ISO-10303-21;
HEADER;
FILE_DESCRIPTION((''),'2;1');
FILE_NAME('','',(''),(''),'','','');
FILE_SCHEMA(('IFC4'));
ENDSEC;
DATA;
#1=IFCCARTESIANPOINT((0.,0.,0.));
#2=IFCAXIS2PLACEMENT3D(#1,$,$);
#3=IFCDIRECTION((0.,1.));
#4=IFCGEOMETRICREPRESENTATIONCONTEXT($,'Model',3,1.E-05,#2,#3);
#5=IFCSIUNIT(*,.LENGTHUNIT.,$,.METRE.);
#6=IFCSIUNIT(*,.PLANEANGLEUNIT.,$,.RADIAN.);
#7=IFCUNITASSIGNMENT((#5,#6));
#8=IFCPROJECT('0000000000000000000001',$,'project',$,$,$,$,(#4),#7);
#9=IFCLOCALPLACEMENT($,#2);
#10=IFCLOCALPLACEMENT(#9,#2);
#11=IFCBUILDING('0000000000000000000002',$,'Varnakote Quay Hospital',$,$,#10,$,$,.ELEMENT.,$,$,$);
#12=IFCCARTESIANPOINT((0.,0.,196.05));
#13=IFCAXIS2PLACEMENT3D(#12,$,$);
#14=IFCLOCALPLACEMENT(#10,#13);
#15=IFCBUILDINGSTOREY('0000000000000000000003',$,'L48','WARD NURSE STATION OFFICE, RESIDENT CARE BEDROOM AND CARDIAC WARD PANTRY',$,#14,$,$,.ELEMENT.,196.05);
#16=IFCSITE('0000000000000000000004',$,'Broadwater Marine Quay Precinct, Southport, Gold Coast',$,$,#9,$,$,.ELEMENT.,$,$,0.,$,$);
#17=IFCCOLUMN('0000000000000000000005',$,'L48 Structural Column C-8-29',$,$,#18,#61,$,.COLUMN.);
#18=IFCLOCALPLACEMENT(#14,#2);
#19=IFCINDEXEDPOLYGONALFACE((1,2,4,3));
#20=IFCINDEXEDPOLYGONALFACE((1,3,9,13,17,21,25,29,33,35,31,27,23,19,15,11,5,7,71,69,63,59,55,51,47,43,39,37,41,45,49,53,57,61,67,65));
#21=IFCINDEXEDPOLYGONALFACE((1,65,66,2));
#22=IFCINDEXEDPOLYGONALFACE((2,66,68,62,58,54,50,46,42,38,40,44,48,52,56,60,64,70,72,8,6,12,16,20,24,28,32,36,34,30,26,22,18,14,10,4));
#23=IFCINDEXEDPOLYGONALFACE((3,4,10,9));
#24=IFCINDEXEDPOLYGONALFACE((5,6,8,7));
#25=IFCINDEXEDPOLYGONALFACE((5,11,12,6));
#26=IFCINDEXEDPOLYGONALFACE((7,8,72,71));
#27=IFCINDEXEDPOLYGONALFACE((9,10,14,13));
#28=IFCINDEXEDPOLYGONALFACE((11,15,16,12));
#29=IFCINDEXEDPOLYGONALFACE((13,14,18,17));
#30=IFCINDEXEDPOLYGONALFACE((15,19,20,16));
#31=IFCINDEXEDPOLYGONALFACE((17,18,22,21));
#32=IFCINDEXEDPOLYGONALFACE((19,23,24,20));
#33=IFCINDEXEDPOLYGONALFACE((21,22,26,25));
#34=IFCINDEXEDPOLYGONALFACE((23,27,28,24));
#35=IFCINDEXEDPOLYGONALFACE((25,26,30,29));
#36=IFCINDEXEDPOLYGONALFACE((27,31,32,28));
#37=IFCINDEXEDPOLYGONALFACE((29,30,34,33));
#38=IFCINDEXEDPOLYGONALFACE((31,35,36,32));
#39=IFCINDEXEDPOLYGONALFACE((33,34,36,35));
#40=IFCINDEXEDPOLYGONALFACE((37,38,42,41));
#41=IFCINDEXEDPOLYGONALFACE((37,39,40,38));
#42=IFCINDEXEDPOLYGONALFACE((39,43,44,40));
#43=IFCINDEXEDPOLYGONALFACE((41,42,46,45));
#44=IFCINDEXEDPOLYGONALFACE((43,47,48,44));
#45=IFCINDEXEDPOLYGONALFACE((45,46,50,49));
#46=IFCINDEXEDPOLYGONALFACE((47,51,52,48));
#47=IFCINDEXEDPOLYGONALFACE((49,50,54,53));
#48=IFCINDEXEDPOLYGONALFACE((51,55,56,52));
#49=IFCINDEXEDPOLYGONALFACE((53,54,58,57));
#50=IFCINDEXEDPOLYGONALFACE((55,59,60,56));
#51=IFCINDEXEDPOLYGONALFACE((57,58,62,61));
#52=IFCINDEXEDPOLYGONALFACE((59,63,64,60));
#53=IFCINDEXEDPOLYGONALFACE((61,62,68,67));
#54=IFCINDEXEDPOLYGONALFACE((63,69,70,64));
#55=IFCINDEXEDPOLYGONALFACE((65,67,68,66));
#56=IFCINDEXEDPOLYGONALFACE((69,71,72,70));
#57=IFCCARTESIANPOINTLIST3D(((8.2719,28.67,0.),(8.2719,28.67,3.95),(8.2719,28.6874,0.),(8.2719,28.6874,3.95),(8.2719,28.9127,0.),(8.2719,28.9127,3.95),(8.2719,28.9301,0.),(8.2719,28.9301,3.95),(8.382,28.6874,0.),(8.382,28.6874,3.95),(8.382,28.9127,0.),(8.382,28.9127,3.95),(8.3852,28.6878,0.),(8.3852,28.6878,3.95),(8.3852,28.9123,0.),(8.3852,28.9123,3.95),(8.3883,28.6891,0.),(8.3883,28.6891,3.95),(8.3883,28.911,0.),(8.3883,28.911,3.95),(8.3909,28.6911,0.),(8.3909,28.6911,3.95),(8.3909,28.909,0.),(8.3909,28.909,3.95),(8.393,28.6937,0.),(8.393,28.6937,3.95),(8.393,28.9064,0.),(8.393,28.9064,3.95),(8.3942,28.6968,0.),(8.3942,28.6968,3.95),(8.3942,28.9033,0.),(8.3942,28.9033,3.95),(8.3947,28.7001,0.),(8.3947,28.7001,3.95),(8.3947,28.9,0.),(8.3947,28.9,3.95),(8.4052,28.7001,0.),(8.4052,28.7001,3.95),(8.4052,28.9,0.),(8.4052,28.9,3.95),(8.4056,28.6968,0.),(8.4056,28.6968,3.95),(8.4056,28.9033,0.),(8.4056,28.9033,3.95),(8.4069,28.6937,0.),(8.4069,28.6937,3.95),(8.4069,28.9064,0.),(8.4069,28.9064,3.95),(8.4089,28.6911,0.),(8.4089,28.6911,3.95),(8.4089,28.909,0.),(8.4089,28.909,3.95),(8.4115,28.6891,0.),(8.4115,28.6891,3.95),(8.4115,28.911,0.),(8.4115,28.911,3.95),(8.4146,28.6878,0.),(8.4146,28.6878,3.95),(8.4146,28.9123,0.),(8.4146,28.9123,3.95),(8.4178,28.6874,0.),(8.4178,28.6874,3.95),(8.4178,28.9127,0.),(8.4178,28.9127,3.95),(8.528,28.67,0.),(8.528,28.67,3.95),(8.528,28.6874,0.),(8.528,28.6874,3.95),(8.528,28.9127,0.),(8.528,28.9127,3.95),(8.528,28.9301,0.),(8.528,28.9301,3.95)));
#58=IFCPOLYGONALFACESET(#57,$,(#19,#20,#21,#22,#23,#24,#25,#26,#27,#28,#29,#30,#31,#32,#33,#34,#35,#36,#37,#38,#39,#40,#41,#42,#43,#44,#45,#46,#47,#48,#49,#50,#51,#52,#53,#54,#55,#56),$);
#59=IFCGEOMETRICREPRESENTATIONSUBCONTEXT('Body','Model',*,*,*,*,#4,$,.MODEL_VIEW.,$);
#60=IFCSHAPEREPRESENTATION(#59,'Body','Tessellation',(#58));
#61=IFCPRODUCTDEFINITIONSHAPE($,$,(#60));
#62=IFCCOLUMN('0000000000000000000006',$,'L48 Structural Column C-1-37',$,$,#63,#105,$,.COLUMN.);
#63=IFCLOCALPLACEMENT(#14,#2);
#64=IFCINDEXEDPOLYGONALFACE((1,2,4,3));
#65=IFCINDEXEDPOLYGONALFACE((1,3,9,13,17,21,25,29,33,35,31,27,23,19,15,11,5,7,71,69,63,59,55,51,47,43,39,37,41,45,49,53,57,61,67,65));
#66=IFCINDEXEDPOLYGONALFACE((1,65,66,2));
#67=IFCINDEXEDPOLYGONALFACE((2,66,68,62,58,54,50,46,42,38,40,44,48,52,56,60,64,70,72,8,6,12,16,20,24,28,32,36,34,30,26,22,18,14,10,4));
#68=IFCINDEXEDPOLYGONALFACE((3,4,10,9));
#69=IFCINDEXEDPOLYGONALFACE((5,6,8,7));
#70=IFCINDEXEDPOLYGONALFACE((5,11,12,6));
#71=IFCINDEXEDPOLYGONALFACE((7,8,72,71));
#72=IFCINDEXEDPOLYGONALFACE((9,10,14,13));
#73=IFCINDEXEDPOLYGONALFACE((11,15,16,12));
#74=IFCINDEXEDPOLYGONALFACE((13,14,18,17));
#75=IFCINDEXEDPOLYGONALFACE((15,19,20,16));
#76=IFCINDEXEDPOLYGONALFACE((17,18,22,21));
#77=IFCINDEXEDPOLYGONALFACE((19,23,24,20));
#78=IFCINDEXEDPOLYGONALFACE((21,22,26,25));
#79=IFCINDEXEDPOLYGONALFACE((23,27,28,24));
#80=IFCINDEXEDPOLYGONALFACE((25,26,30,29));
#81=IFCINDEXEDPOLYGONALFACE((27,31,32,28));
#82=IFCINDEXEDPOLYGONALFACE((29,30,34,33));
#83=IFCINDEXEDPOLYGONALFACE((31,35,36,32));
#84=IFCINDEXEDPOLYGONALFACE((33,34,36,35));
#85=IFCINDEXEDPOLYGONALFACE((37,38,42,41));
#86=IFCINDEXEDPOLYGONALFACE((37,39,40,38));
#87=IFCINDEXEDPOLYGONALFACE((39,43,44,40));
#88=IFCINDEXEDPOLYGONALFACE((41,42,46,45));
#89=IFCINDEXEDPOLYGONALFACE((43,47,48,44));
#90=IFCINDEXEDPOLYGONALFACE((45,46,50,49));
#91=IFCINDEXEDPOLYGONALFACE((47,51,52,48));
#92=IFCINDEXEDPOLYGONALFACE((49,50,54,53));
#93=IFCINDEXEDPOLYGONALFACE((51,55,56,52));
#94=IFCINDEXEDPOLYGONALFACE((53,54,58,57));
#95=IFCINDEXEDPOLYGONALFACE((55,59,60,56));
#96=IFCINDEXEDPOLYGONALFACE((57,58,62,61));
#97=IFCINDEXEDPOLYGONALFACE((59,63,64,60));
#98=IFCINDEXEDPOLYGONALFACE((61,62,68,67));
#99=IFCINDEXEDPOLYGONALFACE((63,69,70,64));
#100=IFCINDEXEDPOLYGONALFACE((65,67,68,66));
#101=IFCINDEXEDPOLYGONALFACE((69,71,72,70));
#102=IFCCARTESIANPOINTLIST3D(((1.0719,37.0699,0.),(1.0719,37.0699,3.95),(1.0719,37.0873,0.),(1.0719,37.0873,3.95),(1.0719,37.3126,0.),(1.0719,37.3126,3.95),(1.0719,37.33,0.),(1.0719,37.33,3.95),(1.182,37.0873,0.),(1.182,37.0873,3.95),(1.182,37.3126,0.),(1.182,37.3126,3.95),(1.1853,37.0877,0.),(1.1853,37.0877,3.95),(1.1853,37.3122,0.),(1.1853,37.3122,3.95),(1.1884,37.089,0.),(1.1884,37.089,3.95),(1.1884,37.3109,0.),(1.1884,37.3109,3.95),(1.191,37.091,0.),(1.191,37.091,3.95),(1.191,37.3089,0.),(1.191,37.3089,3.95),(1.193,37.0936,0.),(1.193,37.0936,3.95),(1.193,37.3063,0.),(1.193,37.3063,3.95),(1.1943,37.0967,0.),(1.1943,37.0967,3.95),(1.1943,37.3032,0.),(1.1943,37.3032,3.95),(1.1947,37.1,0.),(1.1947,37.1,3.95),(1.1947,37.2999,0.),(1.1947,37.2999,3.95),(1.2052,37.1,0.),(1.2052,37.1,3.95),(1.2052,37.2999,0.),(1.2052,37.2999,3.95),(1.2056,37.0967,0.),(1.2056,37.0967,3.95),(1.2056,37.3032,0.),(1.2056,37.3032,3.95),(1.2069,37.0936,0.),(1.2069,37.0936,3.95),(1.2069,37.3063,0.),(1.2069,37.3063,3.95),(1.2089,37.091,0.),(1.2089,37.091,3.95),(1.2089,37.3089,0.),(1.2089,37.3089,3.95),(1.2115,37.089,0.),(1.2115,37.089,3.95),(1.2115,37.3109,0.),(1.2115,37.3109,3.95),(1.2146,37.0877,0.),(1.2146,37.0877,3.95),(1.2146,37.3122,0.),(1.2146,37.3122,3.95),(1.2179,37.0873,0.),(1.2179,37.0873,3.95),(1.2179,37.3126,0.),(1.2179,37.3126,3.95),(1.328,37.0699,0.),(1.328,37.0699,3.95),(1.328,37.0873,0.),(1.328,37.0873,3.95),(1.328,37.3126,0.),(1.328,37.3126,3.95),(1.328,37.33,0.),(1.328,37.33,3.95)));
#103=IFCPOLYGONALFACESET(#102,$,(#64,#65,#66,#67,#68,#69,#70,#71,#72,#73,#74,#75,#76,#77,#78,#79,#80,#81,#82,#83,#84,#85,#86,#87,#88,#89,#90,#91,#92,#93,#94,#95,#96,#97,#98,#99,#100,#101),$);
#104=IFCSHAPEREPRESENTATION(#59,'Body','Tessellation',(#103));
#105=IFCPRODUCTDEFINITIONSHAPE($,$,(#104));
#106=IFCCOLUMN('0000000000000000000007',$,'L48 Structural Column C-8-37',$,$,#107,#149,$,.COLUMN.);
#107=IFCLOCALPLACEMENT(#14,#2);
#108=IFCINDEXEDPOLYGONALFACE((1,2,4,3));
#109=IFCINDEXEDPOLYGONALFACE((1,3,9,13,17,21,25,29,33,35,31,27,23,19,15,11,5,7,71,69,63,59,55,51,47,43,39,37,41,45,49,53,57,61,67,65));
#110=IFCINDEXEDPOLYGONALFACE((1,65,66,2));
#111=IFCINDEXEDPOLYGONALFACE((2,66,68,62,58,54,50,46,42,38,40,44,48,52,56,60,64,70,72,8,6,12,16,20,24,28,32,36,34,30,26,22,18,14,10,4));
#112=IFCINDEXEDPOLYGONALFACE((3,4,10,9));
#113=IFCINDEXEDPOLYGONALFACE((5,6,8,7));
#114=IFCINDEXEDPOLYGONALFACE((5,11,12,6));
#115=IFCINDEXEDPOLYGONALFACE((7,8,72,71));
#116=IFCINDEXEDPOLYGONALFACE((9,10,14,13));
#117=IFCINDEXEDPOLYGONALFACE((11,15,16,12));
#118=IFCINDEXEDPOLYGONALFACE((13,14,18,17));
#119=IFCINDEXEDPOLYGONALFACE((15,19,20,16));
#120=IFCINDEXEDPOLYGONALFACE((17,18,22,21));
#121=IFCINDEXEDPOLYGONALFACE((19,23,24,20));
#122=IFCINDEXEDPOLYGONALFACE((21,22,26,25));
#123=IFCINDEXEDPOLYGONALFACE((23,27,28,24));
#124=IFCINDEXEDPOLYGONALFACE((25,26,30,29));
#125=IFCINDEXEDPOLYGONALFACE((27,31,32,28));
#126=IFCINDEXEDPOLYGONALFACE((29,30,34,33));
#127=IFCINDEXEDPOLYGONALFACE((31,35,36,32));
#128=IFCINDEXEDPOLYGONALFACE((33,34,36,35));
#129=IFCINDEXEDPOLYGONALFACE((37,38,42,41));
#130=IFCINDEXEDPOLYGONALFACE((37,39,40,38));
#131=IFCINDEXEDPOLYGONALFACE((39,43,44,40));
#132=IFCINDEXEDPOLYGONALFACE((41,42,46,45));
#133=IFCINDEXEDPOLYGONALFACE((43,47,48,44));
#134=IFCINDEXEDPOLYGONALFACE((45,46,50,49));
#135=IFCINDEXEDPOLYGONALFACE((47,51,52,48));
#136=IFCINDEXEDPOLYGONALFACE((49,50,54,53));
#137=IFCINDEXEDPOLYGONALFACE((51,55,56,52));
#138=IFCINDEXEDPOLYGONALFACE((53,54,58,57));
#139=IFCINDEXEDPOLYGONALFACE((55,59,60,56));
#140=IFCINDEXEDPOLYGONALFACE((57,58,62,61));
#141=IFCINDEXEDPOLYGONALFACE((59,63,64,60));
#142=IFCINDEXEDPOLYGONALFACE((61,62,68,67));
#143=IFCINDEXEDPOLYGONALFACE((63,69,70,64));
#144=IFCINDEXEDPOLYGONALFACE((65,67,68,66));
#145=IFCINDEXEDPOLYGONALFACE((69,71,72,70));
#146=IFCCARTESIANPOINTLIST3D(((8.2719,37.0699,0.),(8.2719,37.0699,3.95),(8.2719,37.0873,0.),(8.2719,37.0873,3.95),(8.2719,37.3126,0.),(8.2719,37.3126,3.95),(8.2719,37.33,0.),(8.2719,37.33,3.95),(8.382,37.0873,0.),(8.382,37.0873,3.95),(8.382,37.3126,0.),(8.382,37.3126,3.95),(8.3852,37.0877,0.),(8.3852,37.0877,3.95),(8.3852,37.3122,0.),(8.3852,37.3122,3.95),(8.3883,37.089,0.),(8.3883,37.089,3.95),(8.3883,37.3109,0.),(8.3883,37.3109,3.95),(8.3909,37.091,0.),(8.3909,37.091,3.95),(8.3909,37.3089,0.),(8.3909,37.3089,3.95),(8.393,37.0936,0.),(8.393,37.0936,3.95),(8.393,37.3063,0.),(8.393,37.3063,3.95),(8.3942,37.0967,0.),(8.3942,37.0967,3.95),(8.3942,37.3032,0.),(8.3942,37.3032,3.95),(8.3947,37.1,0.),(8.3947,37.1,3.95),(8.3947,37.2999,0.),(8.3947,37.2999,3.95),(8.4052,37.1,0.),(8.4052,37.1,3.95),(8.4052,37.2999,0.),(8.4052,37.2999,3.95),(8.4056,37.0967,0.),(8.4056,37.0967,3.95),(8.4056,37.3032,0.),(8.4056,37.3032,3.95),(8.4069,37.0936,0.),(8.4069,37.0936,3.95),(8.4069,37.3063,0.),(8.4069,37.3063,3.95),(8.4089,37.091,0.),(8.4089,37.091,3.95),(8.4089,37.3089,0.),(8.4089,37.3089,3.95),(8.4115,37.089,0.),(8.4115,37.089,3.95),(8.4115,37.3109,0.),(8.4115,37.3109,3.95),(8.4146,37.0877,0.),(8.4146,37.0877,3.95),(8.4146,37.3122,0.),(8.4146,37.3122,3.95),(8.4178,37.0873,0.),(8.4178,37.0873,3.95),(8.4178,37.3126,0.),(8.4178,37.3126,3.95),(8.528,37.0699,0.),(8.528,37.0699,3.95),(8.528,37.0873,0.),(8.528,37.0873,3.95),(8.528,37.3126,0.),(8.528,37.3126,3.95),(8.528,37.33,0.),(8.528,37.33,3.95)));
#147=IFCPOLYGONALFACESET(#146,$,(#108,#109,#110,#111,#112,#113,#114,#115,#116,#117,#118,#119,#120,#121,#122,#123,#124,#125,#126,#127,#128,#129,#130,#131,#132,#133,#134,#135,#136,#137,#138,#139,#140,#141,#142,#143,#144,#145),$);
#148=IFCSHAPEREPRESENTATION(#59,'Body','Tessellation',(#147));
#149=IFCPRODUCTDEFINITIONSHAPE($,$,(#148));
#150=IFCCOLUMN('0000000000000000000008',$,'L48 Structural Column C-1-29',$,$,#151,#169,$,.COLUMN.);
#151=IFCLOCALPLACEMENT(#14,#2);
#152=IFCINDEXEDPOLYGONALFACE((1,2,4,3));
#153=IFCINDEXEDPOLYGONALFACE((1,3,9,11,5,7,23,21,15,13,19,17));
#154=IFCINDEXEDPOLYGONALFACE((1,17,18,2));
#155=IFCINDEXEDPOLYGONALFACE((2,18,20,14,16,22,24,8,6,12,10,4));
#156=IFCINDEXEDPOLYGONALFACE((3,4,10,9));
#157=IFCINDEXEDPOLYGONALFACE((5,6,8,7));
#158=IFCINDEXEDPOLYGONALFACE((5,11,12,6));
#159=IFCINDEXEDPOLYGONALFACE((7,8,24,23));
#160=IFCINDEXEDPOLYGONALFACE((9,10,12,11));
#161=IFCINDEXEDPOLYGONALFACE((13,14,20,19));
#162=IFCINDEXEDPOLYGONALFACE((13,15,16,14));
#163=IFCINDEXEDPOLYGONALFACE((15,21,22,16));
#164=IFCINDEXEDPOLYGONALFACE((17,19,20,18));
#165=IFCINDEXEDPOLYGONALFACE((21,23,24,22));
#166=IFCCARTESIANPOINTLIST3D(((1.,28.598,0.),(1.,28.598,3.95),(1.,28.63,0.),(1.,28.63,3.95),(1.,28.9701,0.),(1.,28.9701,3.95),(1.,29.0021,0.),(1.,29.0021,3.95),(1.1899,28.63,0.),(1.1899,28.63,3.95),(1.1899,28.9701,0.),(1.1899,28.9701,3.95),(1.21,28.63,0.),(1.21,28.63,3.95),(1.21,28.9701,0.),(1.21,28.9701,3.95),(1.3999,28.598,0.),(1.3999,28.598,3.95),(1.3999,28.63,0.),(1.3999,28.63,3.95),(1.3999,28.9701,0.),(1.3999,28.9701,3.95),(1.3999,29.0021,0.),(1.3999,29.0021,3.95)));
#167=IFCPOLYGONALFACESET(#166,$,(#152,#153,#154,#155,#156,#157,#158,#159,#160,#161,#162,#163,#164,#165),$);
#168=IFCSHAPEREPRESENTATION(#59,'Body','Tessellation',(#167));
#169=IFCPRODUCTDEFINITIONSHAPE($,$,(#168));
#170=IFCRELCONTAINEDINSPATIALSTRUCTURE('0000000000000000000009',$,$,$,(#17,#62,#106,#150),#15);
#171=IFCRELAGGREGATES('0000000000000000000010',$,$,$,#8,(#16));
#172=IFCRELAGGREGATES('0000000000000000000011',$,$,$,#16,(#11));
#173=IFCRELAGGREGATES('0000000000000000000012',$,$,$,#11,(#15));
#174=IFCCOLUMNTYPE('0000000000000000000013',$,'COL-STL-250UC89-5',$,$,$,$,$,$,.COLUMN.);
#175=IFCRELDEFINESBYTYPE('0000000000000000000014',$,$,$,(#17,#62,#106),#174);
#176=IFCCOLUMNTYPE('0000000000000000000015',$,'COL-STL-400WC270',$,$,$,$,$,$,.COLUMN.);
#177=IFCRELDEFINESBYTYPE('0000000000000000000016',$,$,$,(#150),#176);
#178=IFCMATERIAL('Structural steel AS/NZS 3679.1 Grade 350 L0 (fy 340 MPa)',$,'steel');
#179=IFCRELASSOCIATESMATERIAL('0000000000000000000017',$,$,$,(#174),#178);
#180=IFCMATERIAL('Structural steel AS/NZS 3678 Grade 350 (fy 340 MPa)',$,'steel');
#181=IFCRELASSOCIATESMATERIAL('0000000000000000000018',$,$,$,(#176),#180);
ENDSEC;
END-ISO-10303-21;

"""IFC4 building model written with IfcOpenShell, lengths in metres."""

from ifc_helpers import new_model, si_unit, direction, frame, origin, origin_2d, place, context, subcontext, project, spatial, i_section, extrude, material, material_profile, profile_set, type_object, element, save


model = new_model("IFC4")

# Units and contexts
model_context = context("Model", 3, precision=1e-05, world=origin(), true_north=direction((0.0, 1.0)))
body_context = subcontext(model_context, "Body", "Model", "MODEL_VIEW")
ifc_project = project(units=[si_unit("LENGTHUNIT", "METRE"), si_unit("PLANEANGLEUNIT", "RADIAN")], contexts=[model_context])

# Site, building, storey
site_placement = place(None, origin())
site = spatial("IfcSite", under=ifc_project, at=site_placement, Name="Broadwater Marine Quay Precinct, Southport, Gold Coast", CompositionType="ELEMENT", RefElevation=0.0)
building_placement = place(site_placement, origin())
building = spatial("IfcBuilding", under=site, at=building_placement, Name="Varnakote Quay Hospital", CompositionType="ELEMENT")
storey_placement = place(building_placement, frame((0.0, 0.0, 196.05)))
storey = spatial("IfcBuildingStorey", under=building, at=storey_placement, Name="L48", Description="WARD NURSE STATION OFFICE, RESIDENT CARE BEDROOM AND CARDIAC WARD PANTRY", CompositionType="ELEMENT", Elevation=196.05)

# Columns
ifc_material_1 = material(Name="Structural steel AS/NZS 3679.1 Grade 350 L0 (fy 340 MPa)", Category="steel")
ifc_material_profile_1 = material_profile(ifc_material_1, i_section(OverallWidth=0.2561, OverallDepth=0.26, WebThickness=0.0105, FlangeThickness=0.0173, FilletRadius=0.0127, at=origin_2d()), Name="250UC89.5")
ifc_profile_set_1 = profile_set([ifc_material_profile_1], Name="Structural steel AS/NZS 3679.1 Grade 350 L0 (fy 340 MPa)")
column_type_1 = type_object("IfcColumnType", Name="COL-STL-250UC89-5", PredefinedType="COLUMN", material=ifc_profile_set_1)
for number, where, z_axis, x_axis, name in (
    (1, (8.3999, 28.8, 0.0), (0.0, 0.0, 1.0), (1.0, 0.0, 0.0), "L48 Structural Column C-8-29"),
    (2, (1.2, 37.2, 0.0), (0.0, 0.0, 1.0), (1.0, 0.0, 0.0), "L48 Structural Column C-1-37"),
    (3, (8.3999, 37.2, 0.0), (0.0, 0.0, 1.0), (1.0, 0.0, 0.0), "L48 Structural Column C-8-37"),
):
    element("IfcColumn", number, at=place(storey_placement, frame(where, z_axis=z_axis, x_axis=x_axis)), inside=storey, type_object=column_type_1, Name=name, PredefinedType="COLUMN", context=body_context, shape_type="SweptSolid", body=[
        extrude(i_section(OverallWidth=0.2561, OverallDepth=0.26, WebThickness=0.0105, FlangeThickness=0.0173, FilletRadius=0.0127, at=origin_2d()), origin(), (0.0, 0.0, 1.0), 3.95),
    ])
ifc_material_2 = material(Name="Structural steel AS/NZS 3678 Grade 350 (fy 340 MPa)", Category="steel")
ifc_material_profile_2 = material_profile(ifc_material_2, i_section(OverallWidth=0.3999, OverallDepth=0.4041, WebThickness=0.02, FlangeThickness=0.032, at=origin_2d()), Name="400WC270")
ifc_profile_set_2 = profile_set([ifc_material_profile_2], Name="Structural steel AS/NZS 3678 Grade 350 (fy 340 MPa)")
column_type_2 = type_object("IfcColumnType", Name="COL-STL-400WC270", PredefinedType="COLUMN", material=ifc_profile_set_2)
column_placement = place(storey_placement, frame((1.2, 28.8, 0.0), z_axis=(0.0, 0.0, 1.0), x_axis=(1.0, 0.0, 0.0)))
element("IfcColumn", 4, at=column_placement, inside=storey, type_object=column_type_2, Name="L48 Structural Column C-1-29", PredefinedType="COLUMN", context=body_context, shape_type="SweptSolid", body=[
    extrude(i_section(OverallWidth=0.3999, OverallDepth=0.4041, WebThickness=0.02, FlangeThickness=0.032, at=origin_2d()), origin(), (0.0, 0.0, 1.0), 3.95),
])

save(model, "model.ifc")
